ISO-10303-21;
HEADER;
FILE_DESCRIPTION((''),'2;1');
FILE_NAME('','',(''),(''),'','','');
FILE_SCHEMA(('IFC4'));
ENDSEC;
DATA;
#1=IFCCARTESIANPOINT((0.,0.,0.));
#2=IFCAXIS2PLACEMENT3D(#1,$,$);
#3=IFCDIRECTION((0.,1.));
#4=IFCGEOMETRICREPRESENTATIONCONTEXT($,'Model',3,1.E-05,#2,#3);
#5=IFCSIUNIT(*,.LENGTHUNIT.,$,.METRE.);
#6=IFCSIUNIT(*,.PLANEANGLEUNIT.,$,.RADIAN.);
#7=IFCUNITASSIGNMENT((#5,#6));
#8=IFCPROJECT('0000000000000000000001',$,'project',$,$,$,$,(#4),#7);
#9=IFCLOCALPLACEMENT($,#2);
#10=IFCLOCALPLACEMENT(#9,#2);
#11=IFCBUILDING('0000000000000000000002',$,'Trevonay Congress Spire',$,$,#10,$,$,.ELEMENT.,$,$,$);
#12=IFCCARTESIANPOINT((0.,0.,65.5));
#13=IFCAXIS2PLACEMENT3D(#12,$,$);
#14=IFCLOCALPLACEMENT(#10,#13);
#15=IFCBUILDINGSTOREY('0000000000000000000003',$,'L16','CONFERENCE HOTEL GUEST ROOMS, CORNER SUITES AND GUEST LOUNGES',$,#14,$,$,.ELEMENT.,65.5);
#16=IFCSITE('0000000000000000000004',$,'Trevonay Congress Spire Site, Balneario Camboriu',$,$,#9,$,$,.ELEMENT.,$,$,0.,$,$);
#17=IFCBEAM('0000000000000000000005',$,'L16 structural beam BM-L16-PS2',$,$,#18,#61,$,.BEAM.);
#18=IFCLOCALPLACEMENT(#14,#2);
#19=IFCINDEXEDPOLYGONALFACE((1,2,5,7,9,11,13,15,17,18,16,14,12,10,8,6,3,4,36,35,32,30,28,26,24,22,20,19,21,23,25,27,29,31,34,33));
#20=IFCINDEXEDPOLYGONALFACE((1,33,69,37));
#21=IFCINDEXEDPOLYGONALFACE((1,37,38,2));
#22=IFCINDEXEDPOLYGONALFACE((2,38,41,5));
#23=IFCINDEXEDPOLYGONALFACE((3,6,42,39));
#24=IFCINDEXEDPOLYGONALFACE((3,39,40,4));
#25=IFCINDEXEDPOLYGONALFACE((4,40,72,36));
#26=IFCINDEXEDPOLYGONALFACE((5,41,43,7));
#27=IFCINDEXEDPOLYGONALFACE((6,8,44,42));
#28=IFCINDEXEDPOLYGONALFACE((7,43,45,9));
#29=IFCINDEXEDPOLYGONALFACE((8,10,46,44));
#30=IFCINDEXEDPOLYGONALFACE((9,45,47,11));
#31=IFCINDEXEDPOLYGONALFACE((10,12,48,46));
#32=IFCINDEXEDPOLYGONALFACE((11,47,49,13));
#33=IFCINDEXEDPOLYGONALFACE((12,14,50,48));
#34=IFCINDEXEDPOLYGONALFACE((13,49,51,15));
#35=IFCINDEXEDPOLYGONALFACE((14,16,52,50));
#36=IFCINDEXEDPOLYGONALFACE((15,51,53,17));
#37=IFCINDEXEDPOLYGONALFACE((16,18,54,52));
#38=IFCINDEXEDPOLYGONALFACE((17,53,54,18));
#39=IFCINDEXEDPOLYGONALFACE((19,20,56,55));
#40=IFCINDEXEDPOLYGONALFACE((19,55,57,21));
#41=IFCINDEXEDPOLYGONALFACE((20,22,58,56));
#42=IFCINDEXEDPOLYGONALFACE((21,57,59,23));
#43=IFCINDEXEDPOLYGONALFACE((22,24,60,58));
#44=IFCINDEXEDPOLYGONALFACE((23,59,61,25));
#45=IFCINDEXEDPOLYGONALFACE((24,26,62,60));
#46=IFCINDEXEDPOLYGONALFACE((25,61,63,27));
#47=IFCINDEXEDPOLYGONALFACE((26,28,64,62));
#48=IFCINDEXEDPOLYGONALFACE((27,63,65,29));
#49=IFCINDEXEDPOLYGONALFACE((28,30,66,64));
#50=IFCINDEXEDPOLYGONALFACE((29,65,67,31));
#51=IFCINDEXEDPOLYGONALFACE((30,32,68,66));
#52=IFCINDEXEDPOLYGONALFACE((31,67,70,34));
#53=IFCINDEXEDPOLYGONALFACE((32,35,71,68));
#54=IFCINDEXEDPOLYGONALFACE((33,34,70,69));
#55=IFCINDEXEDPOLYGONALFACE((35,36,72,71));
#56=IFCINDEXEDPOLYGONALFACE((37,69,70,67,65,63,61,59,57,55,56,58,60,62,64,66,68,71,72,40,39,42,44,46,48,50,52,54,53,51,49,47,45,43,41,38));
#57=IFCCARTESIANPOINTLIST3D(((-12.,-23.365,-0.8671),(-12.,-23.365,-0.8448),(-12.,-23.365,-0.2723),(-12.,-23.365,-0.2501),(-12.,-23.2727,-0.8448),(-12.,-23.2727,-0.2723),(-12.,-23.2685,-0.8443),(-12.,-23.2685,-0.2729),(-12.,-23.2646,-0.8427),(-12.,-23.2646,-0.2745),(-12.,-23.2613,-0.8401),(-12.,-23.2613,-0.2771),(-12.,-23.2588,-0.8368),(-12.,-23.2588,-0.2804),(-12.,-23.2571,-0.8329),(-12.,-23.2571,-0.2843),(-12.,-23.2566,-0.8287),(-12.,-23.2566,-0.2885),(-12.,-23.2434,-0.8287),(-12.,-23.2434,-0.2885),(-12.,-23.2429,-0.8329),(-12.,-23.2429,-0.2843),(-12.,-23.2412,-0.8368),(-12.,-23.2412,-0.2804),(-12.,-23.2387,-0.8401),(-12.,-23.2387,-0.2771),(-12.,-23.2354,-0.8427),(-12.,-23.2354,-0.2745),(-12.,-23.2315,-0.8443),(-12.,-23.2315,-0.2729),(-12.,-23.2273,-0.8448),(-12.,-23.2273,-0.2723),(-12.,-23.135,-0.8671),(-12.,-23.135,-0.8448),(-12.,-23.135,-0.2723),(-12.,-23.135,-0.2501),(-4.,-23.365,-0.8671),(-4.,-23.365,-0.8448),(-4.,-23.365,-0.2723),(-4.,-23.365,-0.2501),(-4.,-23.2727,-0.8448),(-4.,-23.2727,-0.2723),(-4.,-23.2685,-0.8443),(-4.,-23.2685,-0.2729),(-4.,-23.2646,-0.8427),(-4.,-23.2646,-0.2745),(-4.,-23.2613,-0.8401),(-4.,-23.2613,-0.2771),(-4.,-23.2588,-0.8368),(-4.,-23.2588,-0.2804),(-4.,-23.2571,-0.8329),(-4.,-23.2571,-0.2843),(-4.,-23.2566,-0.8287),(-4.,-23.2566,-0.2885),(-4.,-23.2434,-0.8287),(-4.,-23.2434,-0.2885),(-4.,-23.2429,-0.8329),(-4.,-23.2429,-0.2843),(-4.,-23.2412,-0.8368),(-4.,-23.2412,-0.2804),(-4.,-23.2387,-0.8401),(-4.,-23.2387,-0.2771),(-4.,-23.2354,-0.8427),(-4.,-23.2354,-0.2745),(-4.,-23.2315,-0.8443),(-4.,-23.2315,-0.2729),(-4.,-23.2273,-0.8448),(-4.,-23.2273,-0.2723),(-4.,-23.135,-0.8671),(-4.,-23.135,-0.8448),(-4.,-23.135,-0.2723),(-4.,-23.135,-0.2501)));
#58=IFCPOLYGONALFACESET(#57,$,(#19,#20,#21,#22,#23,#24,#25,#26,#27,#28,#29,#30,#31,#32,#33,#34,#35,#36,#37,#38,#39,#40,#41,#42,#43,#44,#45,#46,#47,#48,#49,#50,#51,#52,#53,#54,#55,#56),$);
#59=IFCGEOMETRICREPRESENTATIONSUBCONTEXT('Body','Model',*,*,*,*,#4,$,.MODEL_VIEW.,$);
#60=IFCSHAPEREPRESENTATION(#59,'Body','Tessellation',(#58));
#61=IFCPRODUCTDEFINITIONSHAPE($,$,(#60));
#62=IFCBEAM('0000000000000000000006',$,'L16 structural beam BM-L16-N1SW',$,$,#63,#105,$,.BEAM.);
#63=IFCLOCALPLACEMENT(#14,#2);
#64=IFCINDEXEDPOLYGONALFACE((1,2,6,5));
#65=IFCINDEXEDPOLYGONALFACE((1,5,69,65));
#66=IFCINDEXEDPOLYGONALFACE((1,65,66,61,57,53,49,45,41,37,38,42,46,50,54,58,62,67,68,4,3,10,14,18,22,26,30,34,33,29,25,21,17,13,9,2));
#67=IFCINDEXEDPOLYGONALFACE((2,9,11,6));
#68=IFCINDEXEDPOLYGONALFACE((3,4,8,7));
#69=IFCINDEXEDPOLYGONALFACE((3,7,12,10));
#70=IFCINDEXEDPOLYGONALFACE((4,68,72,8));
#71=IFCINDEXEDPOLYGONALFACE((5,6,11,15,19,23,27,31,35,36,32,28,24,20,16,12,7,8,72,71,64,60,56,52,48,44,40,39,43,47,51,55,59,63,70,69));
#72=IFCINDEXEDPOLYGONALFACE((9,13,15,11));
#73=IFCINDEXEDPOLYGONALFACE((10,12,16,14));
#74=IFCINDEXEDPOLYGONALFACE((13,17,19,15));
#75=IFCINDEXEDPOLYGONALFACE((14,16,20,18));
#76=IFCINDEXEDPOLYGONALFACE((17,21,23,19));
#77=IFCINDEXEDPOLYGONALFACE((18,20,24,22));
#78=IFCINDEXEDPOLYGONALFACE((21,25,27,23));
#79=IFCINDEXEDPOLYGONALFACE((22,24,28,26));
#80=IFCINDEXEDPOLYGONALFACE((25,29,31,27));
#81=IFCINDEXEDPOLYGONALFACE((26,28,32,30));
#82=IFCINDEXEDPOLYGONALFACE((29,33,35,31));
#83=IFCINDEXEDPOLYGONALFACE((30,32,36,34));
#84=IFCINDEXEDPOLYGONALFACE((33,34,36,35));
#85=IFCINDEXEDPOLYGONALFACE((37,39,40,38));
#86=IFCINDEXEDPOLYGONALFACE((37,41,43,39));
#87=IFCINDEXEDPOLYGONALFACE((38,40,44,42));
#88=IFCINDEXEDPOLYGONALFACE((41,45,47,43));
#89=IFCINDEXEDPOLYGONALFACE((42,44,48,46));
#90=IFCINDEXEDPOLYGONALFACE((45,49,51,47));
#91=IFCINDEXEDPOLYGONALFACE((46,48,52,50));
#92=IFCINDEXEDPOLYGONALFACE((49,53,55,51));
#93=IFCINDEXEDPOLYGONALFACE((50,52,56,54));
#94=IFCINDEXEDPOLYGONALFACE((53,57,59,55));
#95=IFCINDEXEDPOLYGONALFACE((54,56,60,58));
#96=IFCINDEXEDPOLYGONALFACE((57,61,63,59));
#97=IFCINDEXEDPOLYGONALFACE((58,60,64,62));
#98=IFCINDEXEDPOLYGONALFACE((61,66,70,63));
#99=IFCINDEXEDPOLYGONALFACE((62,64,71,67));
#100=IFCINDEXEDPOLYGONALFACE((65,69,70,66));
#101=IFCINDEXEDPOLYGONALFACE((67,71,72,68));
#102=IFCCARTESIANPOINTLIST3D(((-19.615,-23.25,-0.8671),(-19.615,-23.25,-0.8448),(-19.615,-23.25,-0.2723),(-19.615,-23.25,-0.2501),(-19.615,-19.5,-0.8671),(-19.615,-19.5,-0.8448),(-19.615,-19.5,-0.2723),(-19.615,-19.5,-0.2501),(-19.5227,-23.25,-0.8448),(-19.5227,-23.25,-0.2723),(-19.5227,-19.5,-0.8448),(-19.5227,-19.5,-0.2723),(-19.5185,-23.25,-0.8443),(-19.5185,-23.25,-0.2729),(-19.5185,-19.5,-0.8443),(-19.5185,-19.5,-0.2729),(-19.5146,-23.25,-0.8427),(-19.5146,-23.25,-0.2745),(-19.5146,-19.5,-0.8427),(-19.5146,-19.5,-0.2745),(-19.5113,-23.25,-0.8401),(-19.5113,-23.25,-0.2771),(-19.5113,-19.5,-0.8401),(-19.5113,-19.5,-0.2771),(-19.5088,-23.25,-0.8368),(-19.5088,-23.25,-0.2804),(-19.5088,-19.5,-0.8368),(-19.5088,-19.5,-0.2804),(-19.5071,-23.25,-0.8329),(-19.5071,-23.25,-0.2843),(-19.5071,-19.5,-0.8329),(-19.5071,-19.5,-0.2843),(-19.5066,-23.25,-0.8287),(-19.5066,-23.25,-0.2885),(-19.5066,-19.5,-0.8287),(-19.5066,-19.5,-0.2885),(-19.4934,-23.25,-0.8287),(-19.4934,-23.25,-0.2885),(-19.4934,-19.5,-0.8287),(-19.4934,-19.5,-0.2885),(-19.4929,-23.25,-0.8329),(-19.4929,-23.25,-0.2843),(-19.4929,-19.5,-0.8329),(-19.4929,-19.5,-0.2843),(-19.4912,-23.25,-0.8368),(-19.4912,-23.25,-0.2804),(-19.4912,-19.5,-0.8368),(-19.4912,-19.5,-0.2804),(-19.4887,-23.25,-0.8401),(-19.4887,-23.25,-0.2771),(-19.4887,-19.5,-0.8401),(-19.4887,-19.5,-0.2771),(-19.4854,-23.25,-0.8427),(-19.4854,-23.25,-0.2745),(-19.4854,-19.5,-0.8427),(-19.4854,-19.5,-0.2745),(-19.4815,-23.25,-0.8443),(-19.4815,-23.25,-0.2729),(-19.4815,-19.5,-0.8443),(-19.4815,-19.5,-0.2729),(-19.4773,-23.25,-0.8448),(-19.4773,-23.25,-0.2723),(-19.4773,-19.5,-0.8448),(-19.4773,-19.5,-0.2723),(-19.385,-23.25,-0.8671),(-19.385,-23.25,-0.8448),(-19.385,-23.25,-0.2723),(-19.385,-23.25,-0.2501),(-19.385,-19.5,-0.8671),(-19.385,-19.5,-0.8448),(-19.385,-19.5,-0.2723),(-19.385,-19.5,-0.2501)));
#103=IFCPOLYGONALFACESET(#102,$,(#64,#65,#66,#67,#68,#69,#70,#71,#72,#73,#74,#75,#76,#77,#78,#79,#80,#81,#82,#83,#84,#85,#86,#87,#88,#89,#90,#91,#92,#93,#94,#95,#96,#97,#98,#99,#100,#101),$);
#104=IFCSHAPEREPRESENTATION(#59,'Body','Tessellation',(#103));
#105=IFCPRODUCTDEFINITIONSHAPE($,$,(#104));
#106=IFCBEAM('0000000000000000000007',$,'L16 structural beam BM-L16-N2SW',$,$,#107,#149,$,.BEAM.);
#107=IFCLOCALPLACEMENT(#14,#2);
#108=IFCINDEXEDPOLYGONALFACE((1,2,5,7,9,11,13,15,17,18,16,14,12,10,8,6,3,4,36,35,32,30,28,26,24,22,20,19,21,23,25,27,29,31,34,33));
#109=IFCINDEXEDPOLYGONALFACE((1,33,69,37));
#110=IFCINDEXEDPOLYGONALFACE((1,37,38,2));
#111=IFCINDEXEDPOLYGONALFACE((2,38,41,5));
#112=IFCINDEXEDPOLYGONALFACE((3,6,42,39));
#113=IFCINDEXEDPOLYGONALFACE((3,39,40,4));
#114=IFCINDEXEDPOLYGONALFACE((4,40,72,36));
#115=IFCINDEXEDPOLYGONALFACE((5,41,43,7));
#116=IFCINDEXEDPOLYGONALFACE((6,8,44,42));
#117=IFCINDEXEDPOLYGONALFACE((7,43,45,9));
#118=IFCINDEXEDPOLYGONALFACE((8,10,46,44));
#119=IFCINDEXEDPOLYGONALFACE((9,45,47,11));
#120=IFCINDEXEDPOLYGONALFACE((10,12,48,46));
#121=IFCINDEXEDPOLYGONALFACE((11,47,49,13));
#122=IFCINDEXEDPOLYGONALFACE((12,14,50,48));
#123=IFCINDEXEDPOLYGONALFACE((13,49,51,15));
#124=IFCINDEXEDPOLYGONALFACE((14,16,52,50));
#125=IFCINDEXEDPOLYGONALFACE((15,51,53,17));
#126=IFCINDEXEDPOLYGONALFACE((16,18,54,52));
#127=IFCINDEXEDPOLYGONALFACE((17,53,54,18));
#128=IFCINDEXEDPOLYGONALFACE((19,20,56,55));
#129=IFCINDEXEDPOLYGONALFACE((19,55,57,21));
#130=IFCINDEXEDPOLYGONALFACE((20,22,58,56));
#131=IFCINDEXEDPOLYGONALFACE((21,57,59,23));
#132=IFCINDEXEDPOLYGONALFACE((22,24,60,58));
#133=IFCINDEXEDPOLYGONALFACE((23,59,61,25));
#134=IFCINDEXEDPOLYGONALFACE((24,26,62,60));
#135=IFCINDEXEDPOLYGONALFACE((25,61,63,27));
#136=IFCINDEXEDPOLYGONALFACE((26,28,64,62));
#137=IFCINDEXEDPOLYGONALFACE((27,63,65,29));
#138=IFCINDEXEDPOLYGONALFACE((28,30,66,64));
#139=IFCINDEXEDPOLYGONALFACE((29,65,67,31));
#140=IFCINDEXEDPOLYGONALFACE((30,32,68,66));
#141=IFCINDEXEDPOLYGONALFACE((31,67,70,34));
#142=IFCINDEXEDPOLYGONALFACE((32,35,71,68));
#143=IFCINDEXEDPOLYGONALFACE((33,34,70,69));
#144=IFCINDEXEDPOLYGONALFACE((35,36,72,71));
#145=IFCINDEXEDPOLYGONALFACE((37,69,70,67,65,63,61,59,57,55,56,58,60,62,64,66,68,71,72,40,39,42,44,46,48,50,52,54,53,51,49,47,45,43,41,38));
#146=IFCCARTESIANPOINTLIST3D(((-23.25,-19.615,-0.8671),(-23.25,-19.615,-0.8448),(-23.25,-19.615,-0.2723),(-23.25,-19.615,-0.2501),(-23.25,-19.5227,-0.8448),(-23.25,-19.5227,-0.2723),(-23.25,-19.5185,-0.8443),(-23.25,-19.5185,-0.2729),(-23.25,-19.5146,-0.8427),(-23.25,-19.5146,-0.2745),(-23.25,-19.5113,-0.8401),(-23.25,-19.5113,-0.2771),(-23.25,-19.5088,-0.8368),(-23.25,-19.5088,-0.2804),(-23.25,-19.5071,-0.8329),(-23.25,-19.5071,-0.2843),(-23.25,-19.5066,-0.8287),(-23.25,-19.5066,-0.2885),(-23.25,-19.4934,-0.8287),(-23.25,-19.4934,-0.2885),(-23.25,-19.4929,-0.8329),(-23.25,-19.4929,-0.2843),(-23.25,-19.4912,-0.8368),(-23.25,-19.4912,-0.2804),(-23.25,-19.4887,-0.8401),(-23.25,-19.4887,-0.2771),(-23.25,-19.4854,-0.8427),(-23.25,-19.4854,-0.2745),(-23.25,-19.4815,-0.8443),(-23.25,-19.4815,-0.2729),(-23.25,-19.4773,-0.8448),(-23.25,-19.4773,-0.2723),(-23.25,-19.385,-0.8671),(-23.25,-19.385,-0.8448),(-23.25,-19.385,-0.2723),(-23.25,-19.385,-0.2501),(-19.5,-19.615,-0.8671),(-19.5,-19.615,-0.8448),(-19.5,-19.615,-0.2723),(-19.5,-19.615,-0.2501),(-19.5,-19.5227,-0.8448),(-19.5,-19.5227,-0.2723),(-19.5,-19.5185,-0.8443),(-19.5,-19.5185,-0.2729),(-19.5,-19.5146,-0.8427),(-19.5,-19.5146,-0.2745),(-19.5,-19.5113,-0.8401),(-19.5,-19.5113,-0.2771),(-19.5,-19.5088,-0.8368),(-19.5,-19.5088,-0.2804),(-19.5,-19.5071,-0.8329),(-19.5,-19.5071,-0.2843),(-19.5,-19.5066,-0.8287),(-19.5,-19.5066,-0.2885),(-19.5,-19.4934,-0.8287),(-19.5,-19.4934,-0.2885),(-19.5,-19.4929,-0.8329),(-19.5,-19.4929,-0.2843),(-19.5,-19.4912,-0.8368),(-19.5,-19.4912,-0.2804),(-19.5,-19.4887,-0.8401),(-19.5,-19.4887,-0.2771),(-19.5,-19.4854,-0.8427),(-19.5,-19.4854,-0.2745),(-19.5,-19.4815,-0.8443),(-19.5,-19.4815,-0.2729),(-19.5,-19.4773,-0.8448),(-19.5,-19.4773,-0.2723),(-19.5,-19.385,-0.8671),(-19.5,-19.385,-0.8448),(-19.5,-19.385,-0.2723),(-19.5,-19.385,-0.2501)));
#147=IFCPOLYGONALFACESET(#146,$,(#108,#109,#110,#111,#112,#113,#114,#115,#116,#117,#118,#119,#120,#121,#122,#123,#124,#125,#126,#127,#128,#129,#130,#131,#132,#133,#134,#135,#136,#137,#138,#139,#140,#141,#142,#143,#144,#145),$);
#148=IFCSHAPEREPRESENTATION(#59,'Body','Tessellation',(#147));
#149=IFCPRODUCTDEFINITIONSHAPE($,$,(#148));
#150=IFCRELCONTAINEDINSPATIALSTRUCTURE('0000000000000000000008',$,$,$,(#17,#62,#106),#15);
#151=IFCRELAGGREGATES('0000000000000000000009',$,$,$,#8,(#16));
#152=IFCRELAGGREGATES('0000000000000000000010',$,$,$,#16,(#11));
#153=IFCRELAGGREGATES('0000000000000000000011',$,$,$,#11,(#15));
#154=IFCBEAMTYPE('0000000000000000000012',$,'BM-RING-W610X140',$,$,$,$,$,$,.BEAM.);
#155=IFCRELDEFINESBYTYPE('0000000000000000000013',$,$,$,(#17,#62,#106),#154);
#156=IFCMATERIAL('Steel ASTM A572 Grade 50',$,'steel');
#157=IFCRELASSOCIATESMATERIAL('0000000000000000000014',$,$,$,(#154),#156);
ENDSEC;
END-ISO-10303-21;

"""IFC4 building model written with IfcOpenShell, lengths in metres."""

from ifc_helpers import new_model, si_unit, direction, frame, origin, origin_2d, place, context, subcontext, project, spatial, i_section, extrude, material, material_profile, profile_set, type_object, element, save


model = new_model("IFC4")

# Units and contexts
model_context = context("Model", 3, precision=1e-05, world=origin(), true_north=direction((0.0, 1.0)))
body_context = subcontext(model_context, "Body", "Model", "MODEL_VIEW")
ifc_project = project(units=[si_unit("LENGTHUNIT", "METRE"), si_unit("PLANEANGLEUNIT", "RADIAN")], contexts=[model_context])

# Site, building, storey
site_placement = place(None, origin())
site = spatial("IfcSite", under=ifc_project, at=site_placement, Name="Trevonay Congress Spire Site, Balneario Camboriu", CompositionType="ELEMENT", RefElevation=0.0)
building_placement = place(site_placement, origin())
building = spatial("IfcBuilding", under=site, at=building_placement, Name="Trevonay Congress Spire", CompositionType="ELEMENT")
storey_placement = place(building_placement, frame((0.0, 0.0, 65.5)))
storey = spatial("IfcBuildingStorey", under=building, at=storey_placement, Name="L16", Description="CONFERENCE HOTEL GUEST ROOMS, CORNER SUITES AND GUEST LOUNGES", CompositionType="ELEMENT", Elevation=65.5)

# Shared definitions
ifc_material_1 = material(Name="Steel ASTM A572 Grade 50", Category="steel")

# Beams
ifc_material_profile_1 = material_profile(ifc_material_1, i_section(OverallWidth=0.23, OverallDepth=0.6169, WebThickness=0.0132, FlangeThickness=0.0222, FilletRadius=0.0161, at=origin_2d()), Name="W610x140")
ifc_profile_set_1 = profile_set([ifc_material_profile_1], Name="Steel ASTM A572 Grade 50")
beam_type = type_object("IfcBeamType", Name="BM-RING-W610X140", PredefinedType="BEAM", material=ifc_profile_set_1)
beam_placement = place(storey_placement, frame((-12.0, -23.25, -0.5586), z_axis=(1.0, 0.0, 0.0), x_axis=(0.0, 1.0, 0.0)))
element("IfcBeam", 1, at=beam_placement, inside=storey, type_object=beam_type, Name="L16 structural beam BM-L16-PS2", PredefinedType="BEAM", context=body_context, shape_type="SweptSolid", body=[
    extrude(i_section(OverallWidth=0.23, OverallDepth=0.6169, WebThickness=0.0132, FlangeThickness=0.0222, FilletRadius=0.0161, at=origin_2d()), origin(), (0.0, 0.0, 1.0), 8.0),
])
for number, where, z_axis, x_axis, name in (
    (2, (-19.5, -23.25, -0.5586), (0.0, 1.0, 0.0), (-1.0, 0.0, 0.0), "L16 structural beam BM-L16-N1SW"),
    (3, (-23.25, -19.5, -0.5586), (1.0, 0.0, 0.0), (0.0, 1.0, 0.0), "L16 structural beam BM-L16-N2SW"),
):
    element("IfcBeam", number, at=place(storey_placement, frame(where, z_axis=z_axis, x_axis=x_axis)), inside=storey, type_object=beam_type, Name=name, PredefinedType="BEAM", context=body_context, shape_type="SweptSolid", body=[
        extrude(i_section(OverallWidth=0.23, OverallDepth=0.6169, WebThickness=0.0132, FlangeThickness=0.0222, FilletRadius=0.0161, at=origin_2d()), origin(), (0.0, 0.0, 1.0), 3.75),
    ])

save(model, "model.ifc")
